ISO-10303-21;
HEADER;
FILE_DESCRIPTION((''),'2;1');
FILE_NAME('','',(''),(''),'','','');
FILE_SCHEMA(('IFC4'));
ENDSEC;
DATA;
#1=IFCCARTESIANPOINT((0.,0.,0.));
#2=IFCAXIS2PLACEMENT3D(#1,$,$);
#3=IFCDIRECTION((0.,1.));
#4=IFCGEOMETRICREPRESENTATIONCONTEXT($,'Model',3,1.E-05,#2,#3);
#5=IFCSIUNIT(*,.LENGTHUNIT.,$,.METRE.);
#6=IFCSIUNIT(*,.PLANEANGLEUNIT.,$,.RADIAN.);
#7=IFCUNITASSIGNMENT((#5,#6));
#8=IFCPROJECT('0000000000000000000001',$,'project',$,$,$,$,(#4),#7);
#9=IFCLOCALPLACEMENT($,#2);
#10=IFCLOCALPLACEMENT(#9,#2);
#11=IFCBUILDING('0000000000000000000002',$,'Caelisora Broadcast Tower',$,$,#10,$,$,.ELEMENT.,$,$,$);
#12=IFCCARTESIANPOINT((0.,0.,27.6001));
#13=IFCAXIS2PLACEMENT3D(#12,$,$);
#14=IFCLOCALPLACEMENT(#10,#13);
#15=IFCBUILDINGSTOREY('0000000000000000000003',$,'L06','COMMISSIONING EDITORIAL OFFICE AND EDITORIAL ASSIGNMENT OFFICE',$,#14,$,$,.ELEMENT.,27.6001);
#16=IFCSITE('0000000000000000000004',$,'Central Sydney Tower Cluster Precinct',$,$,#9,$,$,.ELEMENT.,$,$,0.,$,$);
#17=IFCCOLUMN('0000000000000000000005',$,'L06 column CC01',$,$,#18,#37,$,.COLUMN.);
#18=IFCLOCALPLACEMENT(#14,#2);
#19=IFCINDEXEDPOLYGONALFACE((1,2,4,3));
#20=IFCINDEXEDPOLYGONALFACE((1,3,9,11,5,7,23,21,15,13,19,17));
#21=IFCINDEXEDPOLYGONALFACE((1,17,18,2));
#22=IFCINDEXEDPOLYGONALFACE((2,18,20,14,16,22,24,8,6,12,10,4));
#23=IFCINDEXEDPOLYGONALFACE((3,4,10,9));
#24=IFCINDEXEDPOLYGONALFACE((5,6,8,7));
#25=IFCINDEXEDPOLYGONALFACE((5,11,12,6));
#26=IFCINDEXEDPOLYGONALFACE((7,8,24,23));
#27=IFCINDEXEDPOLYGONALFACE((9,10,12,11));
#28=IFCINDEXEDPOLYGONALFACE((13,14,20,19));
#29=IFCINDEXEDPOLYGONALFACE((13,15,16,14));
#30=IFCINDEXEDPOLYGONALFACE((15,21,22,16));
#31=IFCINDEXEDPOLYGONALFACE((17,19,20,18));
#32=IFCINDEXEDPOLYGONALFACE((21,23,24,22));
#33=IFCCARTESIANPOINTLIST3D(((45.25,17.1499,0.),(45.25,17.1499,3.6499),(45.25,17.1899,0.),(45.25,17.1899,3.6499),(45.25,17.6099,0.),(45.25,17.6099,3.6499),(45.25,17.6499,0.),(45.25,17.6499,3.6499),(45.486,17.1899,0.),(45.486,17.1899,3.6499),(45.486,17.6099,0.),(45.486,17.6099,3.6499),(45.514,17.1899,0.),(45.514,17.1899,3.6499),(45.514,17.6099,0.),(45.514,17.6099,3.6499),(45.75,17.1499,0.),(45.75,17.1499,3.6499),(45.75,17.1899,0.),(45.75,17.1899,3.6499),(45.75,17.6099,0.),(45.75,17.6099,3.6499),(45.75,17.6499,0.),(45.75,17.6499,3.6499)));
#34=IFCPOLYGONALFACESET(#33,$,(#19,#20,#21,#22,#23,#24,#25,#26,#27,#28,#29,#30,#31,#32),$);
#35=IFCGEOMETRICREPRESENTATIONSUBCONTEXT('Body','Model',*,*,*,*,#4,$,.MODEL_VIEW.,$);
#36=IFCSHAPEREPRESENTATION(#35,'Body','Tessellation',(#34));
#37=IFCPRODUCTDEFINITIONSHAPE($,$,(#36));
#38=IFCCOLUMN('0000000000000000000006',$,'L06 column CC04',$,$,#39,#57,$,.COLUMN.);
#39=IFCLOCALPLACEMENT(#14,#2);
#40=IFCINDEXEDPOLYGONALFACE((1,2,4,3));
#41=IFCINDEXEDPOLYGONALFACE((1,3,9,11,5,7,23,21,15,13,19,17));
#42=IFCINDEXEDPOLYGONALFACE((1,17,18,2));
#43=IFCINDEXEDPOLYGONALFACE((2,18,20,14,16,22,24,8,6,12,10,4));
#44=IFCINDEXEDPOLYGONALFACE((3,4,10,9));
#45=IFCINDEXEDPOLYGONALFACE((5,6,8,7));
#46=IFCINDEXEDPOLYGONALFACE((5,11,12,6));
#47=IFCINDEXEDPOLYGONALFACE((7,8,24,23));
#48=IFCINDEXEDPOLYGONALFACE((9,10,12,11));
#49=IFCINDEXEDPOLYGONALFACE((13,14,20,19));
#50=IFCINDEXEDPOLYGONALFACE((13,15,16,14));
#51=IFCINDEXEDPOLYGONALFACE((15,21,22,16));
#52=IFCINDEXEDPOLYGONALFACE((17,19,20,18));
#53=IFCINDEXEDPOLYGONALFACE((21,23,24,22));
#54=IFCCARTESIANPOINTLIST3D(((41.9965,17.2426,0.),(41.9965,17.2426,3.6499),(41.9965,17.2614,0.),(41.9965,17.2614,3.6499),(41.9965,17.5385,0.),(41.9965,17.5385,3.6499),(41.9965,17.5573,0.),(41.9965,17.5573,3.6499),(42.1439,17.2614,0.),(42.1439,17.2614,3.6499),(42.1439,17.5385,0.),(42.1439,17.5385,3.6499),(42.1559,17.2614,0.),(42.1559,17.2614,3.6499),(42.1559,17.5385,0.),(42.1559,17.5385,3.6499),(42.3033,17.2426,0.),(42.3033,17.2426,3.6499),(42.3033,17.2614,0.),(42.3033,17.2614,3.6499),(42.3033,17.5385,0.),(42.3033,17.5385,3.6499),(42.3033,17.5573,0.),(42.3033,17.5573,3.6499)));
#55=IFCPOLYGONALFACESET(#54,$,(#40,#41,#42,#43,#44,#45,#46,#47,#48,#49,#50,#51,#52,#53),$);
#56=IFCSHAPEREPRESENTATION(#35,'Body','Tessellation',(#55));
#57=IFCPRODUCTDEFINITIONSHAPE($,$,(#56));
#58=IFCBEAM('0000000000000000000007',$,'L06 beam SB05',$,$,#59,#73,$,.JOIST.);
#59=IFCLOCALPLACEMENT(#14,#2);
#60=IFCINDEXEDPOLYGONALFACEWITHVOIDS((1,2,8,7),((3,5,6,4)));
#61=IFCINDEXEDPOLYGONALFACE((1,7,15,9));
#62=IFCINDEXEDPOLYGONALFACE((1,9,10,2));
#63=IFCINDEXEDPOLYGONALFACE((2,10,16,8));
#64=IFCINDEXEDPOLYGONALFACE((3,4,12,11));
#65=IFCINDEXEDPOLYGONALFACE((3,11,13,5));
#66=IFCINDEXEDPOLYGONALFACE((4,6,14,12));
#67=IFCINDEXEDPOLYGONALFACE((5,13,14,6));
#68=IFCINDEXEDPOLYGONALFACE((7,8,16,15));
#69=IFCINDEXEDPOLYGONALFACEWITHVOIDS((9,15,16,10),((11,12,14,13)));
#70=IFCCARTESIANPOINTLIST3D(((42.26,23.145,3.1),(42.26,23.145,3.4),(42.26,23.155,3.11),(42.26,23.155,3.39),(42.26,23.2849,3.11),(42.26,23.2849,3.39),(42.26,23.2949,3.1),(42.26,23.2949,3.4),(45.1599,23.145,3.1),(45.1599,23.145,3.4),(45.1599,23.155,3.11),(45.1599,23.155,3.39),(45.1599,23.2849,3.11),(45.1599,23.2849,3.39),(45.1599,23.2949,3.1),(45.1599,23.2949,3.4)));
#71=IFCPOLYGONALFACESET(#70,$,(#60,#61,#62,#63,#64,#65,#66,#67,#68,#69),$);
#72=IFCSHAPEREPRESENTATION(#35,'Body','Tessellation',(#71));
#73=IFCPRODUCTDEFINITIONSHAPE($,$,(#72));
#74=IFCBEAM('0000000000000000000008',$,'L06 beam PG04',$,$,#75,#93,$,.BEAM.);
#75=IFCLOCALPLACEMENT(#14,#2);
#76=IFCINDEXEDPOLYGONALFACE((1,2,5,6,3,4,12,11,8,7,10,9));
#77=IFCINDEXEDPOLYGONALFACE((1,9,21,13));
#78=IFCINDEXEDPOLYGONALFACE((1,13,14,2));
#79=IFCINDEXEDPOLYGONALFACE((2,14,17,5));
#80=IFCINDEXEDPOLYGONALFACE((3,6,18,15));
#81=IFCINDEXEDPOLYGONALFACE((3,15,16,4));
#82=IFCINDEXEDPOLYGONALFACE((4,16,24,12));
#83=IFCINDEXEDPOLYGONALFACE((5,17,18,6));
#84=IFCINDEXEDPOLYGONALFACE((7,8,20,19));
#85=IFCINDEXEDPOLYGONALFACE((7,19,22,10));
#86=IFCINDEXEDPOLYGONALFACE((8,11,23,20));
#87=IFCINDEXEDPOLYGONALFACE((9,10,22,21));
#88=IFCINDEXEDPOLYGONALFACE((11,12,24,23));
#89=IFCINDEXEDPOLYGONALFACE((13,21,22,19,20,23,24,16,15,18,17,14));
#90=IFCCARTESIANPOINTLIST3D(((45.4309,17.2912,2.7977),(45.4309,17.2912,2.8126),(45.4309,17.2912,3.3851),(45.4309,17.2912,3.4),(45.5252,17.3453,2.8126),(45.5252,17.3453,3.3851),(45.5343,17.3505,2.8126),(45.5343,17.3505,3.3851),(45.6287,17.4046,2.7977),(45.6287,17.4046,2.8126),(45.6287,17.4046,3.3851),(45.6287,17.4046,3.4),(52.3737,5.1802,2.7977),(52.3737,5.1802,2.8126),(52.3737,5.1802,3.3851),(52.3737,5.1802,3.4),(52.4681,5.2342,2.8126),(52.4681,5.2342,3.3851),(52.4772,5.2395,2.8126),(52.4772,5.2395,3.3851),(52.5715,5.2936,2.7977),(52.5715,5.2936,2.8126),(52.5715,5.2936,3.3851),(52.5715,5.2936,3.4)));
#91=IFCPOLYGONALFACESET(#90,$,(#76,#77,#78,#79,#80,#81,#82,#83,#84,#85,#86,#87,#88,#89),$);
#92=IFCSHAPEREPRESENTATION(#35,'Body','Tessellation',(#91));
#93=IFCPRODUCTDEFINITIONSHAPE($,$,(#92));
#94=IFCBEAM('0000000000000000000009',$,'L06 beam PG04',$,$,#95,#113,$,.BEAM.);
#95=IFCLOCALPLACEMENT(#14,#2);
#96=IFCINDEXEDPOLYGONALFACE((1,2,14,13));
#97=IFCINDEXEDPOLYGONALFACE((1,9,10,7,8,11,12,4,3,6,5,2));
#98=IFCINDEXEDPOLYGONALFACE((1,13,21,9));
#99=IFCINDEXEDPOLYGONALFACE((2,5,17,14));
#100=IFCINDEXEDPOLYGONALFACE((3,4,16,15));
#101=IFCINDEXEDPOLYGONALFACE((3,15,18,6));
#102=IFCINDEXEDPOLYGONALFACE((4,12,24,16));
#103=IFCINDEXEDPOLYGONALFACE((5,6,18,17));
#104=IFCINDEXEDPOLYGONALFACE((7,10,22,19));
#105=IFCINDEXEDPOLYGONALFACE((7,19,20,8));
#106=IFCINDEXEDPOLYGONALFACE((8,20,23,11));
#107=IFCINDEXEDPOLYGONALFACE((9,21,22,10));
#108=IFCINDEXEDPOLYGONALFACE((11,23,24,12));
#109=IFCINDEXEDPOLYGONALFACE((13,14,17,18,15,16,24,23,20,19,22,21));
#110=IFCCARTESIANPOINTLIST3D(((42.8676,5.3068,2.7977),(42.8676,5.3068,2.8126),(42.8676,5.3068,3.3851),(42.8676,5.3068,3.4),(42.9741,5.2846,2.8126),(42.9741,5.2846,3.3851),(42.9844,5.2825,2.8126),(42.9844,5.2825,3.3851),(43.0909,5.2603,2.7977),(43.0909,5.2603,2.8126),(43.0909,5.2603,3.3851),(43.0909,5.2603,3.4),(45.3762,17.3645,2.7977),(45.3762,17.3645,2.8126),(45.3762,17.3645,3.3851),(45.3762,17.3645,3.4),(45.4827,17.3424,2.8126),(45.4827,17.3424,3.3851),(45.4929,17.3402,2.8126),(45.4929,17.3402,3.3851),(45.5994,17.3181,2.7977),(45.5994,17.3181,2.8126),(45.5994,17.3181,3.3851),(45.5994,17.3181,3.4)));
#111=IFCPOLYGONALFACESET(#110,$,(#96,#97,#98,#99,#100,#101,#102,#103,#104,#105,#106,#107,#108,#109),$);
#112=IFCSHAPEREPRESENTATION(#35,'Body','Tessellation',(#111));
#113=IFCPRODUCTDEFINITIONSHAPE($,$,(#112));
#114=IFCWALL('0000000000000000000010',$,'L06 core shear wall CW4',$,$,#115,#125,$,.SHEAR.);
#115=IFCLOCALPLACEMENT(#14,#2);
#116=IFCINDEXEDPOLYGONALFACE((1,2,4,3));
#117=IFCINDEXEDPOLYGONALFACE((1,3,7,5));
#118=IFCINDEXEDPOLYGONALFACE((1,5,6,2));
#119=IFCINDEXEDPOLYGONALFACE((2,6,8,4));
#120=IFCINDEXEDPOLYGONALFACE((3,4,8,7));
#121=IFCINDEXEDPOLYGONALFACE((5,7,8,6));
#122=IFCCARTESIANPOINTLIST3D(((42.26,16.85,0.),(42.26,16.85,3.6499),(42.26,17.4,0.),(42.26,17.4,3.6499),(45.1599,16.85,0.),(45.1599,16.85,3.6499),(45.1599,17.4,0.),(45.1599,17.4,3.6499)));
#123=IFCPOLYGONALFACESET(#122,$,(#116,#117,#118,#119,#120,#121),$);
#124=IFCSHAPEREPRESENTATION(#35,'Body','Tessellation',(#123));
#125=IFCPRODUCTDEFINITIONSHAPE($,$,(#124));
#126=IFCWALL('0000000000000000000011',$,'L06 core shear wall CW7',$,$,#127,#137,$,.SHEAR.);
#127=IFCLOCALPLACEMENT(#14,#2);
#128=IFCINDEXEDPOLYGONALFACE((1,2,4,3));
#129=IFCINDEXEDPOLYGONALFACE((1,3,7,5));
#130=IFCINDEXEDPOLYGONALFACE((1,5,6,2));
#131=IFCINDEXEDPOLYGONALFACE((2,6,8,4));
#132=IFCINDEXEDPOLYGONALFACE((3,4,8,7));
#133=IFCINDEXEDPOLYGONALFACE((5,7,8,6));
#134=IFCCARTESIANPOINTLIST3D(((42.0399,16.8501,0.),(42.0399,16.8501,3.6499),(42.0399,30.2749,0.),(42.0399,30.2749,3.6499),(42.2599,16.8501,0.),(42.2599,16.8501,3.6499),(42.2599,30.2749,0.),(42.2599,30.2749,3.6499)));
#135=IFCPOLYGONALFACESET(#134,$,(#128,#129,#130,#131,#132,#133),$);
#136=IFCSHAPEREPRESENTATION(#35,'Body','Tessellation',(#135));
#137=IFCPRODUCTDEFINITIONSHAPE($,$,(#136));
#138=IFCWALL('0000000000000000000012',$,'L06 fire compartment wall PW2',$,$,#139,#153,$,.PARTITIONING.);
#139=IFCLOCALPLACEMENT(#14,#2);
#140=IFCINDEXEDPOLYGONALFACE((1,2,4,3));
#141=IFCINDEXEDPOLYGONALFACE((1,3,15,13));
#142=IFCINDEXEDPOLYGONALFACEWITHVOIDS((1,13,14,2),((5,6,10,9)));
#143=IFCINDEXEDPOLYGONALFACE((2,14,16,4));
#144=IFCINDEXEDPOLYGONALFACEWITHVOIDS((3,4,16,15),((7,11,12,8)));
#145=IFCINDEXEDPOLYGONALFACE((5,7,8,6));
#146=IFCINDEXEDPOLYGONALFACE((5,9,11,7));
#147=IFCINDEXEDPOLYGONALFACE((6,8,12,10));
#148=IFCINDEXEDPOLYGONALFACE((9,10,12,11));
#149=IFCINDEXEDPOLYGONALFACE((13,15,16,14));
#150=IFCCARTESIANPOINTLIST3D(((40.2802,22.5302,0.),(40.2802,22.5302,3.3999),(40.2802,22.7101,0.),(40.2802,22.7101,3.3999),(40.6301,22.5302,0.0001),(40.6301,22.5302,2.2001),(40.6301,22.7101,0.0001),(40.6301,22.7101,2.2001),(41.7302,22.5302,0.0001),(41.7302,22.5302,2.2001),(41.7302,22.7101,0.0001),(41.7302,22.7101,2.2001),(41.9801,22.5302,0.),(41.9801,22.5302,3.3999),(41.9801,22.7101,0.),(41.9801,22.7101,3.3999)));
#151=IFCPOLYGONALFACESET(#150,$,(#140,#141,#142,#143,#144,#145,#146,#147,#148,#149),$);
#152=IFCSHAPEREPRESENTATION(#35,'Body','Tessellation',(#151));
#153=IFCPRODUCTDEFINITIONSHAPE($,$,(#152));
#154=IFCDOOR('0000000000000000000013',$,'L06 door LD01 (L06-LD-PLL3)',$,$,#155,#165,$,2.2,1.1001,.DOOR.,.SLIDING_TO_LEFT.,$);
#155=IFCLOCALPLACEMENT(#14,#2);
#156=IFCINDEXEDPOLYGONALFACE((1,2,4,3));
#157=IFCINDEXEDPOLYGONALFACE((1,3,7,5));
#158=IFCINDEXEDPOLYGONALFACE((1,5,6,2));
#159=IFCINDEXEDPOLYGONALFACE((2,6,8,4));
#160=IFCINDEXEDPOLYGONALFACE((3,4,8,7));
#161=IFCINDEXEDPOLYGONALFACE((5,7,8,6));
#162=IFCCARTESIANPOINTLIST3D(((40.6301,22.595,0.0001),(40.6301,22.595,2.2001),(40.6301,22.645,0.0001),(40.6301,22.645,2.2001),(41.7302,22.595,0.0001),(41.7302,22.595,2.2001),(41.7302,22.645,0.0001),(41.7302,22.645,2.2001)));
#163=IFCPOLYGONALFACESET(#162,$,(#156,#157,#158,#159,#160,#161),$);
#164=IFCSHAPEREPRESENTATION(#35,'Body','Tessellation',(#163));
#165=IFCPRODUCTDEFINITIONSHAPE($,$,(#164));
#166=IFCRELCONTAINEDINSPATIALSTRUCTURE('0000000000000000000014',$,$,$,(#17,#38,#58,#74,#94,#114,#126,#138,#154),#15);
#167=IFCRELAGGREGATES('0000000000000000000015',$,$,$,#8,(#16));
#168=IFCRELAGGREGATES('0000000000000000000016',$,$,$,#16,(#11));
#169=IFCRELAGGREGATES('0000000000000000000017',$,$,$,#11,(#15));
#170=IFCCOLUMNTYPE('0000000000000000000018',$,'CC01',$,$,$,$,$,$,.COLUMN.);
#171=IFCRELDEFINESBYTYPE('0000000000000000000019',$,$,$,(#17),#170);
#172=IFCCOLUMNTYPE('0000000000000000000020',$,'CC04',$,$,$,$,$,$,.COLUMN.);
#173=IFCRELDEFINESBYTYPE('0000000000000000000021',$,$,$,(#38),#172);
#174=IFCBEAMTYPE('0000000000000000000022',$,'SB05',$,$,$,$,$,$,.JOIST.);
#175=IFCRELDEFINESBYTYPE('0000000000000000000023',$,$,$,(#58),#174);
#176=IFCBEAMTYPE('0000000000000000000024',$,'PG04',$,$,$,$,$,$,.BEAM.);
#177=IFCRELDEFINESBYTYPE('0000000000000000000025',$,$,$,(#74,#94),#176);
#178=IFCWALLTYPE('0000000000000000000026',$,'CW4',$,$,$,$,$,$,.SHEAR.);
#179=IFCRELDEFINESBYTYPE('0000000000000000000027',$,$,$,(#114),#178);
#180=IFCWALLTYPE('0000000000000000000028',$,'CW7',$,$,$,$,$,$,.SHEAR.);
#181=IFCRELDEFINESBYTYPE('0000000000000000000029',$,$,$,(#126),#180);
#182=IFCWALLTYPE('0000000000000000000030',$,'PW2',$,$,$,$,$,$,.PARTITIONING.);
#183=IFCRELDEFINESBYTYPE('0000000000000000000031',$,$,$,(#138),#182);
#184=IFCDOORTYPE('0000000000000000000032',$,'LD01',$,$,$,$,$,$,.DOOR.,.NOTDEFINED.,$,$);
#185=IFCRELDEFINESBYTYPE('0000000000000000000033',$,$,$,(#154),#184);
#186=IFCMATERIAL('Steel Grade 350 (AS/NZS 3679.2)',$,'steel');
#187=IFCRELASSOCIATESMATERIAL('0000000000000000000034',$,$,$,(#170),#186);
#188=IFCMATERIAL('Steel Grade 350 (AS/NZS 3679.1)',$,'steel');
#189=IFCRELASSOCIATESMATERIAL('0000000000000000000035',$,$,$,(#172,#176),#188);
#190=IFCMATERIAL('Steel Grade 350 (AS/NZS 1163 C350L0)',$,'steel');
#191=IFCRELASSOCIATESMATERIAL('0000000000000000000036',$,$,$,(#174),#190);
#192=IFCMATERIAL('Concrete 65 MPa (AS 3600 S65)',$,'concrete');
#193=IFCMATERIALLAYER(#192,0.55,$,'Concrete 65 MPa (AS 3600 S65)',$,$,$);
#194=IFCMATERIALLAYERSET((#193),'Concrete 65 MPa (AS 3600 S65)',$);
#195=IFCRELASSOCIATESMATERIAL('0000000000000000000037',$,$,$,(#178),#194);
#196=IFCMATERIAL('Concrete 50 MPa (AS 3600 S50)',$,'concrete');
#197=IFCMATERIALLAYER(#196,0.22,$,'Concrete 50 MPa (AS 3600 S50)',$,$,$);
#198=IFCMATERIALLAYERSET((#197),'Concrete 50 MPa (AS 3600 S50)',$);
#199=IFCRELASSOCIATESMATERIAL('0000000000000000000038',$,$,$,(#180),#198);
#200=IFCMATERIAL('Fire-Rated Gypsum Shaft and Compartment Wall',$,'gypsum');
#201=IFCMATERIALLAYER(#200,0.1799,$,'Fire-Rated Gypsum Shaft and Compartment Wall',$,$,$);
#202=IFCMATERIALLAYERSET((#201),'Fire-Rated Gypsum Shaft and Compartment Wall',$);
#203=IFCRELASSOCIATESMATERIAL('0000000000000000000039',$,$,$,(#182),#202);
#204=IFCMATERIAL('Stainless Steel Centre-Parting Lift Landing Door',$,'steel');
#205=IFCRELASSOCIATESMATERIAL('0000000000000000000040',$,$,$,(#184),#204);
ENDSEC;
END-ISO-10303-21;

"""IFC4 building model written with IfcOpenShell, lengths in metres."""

from ifc_helpers import new_model, si_unit, direction, frame, frame_2d, origin, origin_2d, place, context, subcontext, project, spatial, rectangle, hollow_rectangle, i_section, extrude, source, transform, mapped, material, layer, layer_set, material_profile, profile_set, type_object, type_shapes, element, fill, save


model = new_model("IFC4")

# Units and contexts
model_context = context("Model", 3, precision=1e-05, world=origin(), true_north=direction((0.0, 1.0)))
body_context = subcontext(model_context, "Body", "Model", "MODEL_VIEW")
ifc_project = project(units=[si_unit("LENGTHUNIT", "METRE"), si_unit("PLANEANGLEUNIT", "RADIAN")], contexts=[model_context])

# Site, building, storey
site_placement = place(None, origin())
site = spatial("IfcSite", under=ifc_project, at=site_placement, Name="Central Sydney Tower Cluster Precinct", CompositionType="ELEMENT", RefElevation=0.0)
building_placement = place(site_placement, origin())
building = spatial("IfcBuilding", under=site, at=building_placement, Name="Caelisora Broadcast Tower", CompositionType="ELEMENT")
storey_placement = place(building_placement, frame((0.0, 0.0, 27.6001)))
storey = spatial("IfcBuildingStorey", under=building, at=storey_placement, Name="L06", Description="COMMISSIONING EDITORIAL OFFICE AND EDITORIAL ASSIGNMENT OFFICE", CompositionType="ELEMENT", Elevation=27.6001)

# Columns
ifc_material_1 = material(Name="Steel Grade 350 (AS/NZS 3679.2)", Category="steel")
ifc_material_profile_1 = material_profile(ifc_material_1, i_section(OverallWidth=0.5, OverallDepth=0.5, WebThickness=0.0281, FlangeThickness=0.04, at=origin_2d()), Name="Steel Grade 350 (AS/NZS 3679.2)")
ifc_profile_set_1 = profile_set([ifc_material_profile_1], Name="Steel Grade 350 (AS/NZS 3679.2)")
column_type_1 = type_object("IfcColumnType", Name="CC01", PredefinedType="COLUMN", material=ifc_profile_set_1)
shared_shape_1 = source(origin(), body_context, "Body", "SweptSolid", [
    extrude(i_section(OverallWidth=0.5, OverallDepth=0.5, WebThickness=0.0281, FlangeThickness=0.04, at=origin_2d()), origin(), (0.0, 0.0, 1.0), 3.6499),
])
type_shapes(column_type_1, [shared_shape_1])
column_1_placement = place(storey_placement, frame((45.5, 17.3999, 0.0), z_axis=(0.0, 0.0, 1.0), x_axis=(1.0, 0.0, 0.0)))
element("IfcColumn", 1, at=column_1_placement, inside=storey, type_object=column_type_1, Name="L06 column CC01", PredefinedType="COLUMN", context=body_context, shape_type="MappedRepresentation", body=[
    mapped(shared_shape_1, transform((0.0, 0.0, 0.0), scale=1.0)),
])
ifc_material_2 = material(Name="Steel Grade 350 (AS/NZS 3679.1)", Category="steel")
ifc_material_profile_2 = material_profile(ifc_material_2, i_section(OverallWidth=0.3069, OverallDepth=0.3147, WebThickness=0.012, FlangeThickness=0.0188, at=origin_2d()), Name="Steel Grade 350 (AS/NZS 3679.1)")
ifc_profile_set_2 = profile_set([ifc_material_profile_2], Name="Steel Grade 350 (AS/NZS 3679.1)")
column_type_2 = type_object("IfcColumnType", Name="CC04", PredefinedType="COLUMN", material=ifc_profile_set_2)
shared_shape_2 = source(origin(), body_context, "Body", "SweptSolid", [
    extrude(i_section(OverallWidth=0.3069, OverallDepth=0.3147, WebThickness=0.012, FlangeThickness=0.0188, at=origin_2d()), origin(), (0.0, 0.0, 1.0), 3.6499),
])
type_shapes(column_type_2, [shared_shape_2])
column_2_placement = place(storey_placement, frame((42.1499, 17.3999, 0.0), z_axis=(0.0, 0.0, 1.0), x_axis=(1.0, 0.0, 0.0)))
element("IfcColumn", 2, at=column_2_placement, inside=storey, type_object=column_type_2, Name="L06 column CC04", PredefinedType="COLUMN", context=body_context, shape_type="MappedRepresentation", body=[
    mapped(shared_shape_2, transform((0.0, 0.0, 0.0), scale=1.0)),
])

# Beams
ifc_material_3 = material(Name="Steel Grade 350 (AS/NZS 1163 C350L0)", Category="steel")
ifc_material_profile_3 = material_profile(ifc_material_3, hollow_rectangle(XDim=0.1499, YDim=0.3, WallThickness=0.01, at=origin_2d()), Name="Steel Grade 350 (AS/NZS 1163 C350L0)")
ifc_profile_set_3 = profile_set([ifc_material_profile_3], Name="Steel Grade 350 (AS/NZS 1163 C350L0)")
beam_type_1 = type_object("IfcBeamType", Name="SB05", PredefinedType="JOIST", material=ifc_profile_set_3)
shared_shape_3 = source(origin(), body_context, "Body", "SweptSolid", [
    extrude(hollow_rectangle(XDim=0.1499, YDim=0.3, WallThickness=0.01, at=origin_2d()), origin(), (0.0, 0.0, 1.0), 2.8999),
])
type_shapes(beam_type_1, [shared_shape_3])
beam_1_placement = place(storey_placement, frame((42.26, 23.22, 3.25), z_axis=(1.0, 0.0, 0.0), x_axis=(0.0, 1.0, 0.0)))
element("IfcBeam", 3, at=beam_1_placement, inside=storey, type_object=beam_type_1, Name="L06 beam SB05", PredefinedType="JOIST", context=body_context, shape_type="MappedRepresentation", body=[
    mapped(shared_shape_3, transform((0.0, 0.0, 0.0), scale=1.0)),
])
ifc_material_profile_4 = material_profile(ifc_material_2, i_section(OverallWidth=0.228, OverallDepth=0.6023, WebThickness=0.0105, FlangeThickness=0.0149, at=origin_2d()), Name="Steel Grade 350 (AS/NZS 3679.1)")
ifc_profile_set_4 = profile_set([ifc_material_profile_4], Name="Steel Grade 350 (AS/NZS 3679.1)")
beam_type_2 = type_object("IfcBeamType", Name="PG04", PredefinedType="BEAM", material=ifc_profile_set_4)
shared_shape_4 = source(origin(), body_context, "Body", "SweptSolid", [
    extrude(i_section(OverallWidth=0.228, OverallDepth=0.6023, WebThickness=0.0105, FlangeThickness=0.0149, at=origin_2d()), origin(), (0.0, 0.0, 1.0), 13.96),
])
beam_2_placement = place(storey_placement, frame((45.5298, 17.3479, 3.0989), z_axis=(0.49734, -0.867556, 0.0), x_axis=(0.867556, 0.49734, 0.0)))
element("IfcBeam", 4, at=beam_2_placement, inside=storey, type_object=beam_type_2, Name="L06 beam PG04", PredefinedType="BEAM", context=body_context, shape_type="MappedRepresentation", body=[
    mapped(shared_shape_4, transform((0.0, 0.0, 0.0), scale=1.0)),
])
shared_shape_5 = source(origin(), body_context, "Body", "SweptSolid", [
    extrude(i_section(OverallWidth=0.228, OverallDepth=0.6023, WebThickness=0.0105, FlangeThickness=0.0149, at=origin_2d()), origin(), (0.0, 0.0, 1.0), 12.3159),
])
type_shapes(beam_type_2, [shared_shape_4, shared_shape_5])
beam_3_placement = place(storey_placement, frame((45.4878, 17.3413, 3.0989), z_axis=(-0.203681, -0.979037, 0.0), x_axis=(0.979037, -0.203681, 0.0)))
element("IfcBeam", 5, at=beam_3_placement, inside=storey, type_object=beam_type_2, Name="L06 beam PG04", PredefinedType="BEAM", context=body_context, shape_type="MappedRepresentation", body=[
    mapped(shared_shape_5, transform((0.0, 0.0, 0.0), scale=1.0)),
])

# Shared definitions
ifc_material_4 = material(Name="Concrete 65 MPa (AS 3600 S65)", Category="concrete")

# Walls
ifc_layer_1 = layer(ifc_material_4, 0.55, Name="Concrete 65 MPa (AS 3600 S65)")
ifc_layer_set_1 = layer_set([ifc_layer_1], Name="Concrete 65 MPa (AS 3600 S65)")
wall_type_1 = type_object("IfcWallType", Name="CW4", PredefinedType="SHEAR", material=ifc_layer_set_1)
wall_1_placement = place(storey_placement, frame((42.26, 17.125, 0.0), z_axis=(0.0, 0.0, 1.0), x_axis=(1.0, 0.0, 0.0)))
element("IfcWall", 6, at=wall_1_placement, inside=storey, type_object=wall_type_1, Name="L06 core shear wall CW4", PredefinedType="SHEAR", context=body_context, shape_type="SweptSolid", body=[
    extrude(rectangle(XDim=2.8999, YDim=0.55, at=frame_2d((1.45, 0.0))), origin(), (0.0, 0.0, 1.0), 3.6499),
])
ifc_material_5 = material(Name="Concrete 50 MPa (AS 3600 S50)", Category="concrete")
ifc_layer_2 = layer(ifc_material_5, 0.22, Name="Concrete 50 MPa (AS 3600 S50)")
ifc_layer_set_2 = layer_set([ifc_layer_2], Name="Concrete 50 MPa (AS 3600 S50)")
wall_type_2 = type_object("IfcWallType", Name="CW7", PredefinedType="SHEAR", material=ifc_layer_set_2)
wall_2_placement = place(storey_placement, frame((42.1499, 16.8501, 0.0), z_axis=(0.0, 0.0, 1.0), x_axis=(0.0, 1.0, 0.0)))
element("IfcWall", 7, at=wall_2_placement, inside=storey, type_object=wall_type_2, Name="L06 core shear wall CW7", PredefinedType="SHEAR", context=body_context, shape_type="SweptSolid", body=[
    extrude(rectangle(XDim=13.4248, YDim=0.22, at=frame_2d((6.7124, 0.0))), origin(), (0.0, 0.0, 1.0), 3.6499),
])

# Wall, opening, door
ifc_material_6 = material(Name="Fire-Rated Gypsum Shaft and Compartment Wall", Category="gypsum")
ifc_layer_3 = layer(ifc_material_6, 0.1799, Name="Fire-Rated Gypsum Shaft and Compartment Wall")
ifc_layer_set_3 = layer_set([ifc_layer_3], Name="Fire-Rated Gypsum Shaft and Compartment Wall")
wall_type_3 = type_object("IfcWallType", Name="PW2", PredefinedType="PARTITIONING", material=ifc_layer_set_3)
wall_3_placement = place(storey_placement, frame((40.28, 22.6201, 0.0), z_axis=(0.0, 0.0, 1.0), x_axis=(1.0, 0.0, 0.0)))
wall_3 = element("IfcWall", 8, at=wall_3_placement, inside=storey, type_object=wall_type_3, Name="L06 fire compartment wall PW2", PredefinedType="PARTITIONING", context=body_context, shape_type="SweptSolid", body=[
    extrude(rectangle(XDim=1.7, YDim=0.1799, at=frame_2d((0.8501, 0.0))), origin(), (0.0, 0.0, 1.0), 3.3999),
])
opening_1_placement = place(wall_3_placement, frame((0.3501, 0.0, 0.0)))
opening_1 = element("IfcOpeningElement", 9, at=opening_1_placement, cuts=wall_3, PredefinedType="OPENING", context=body_context, shape_type="SweptSolid", body=[
    extrude(rectangle(XDim=1.1001, YDim=2.2, at=frame_2d((0.55, 1.1001))), frame((0.0, 0.1021, 0.0), z_axis=(0.0, -1.0, 0.0), x_axis=(1.0, 0.0, 0.0)), (0.0, 0.0, 1.0), 0.2039),
])
ifc_material_7 = material(Name="Stainless Steel Centre-Parting Lift Landing Door", Category="steel")
door_type_1 = type_object("IfcDoorType", Name="LD01", OperationType="NOTDEFINED", PredefinedType="DOOR", material=ifc_material_7)
door_1_placement = place(opening_1_placement, origin())
door_1 = element("IfcDoor", 10, at=door_1_placement, inside=storey, type_object=door_type_1, Name="L06 door LD01 (L06-LD-PLL3)", OperationType="SLIDING_TO_LEFT", OverallHeight=2.2, OverallWidth=1.1001, PredefinedType="DOOR", context=body_context, shape_type="SweptSolid", body=[
    extrude(rectangle(XDim=1.1001, YDim=2.2, at=frame_2d((0.55, 1.1001))), frame((0.0, 0.0249, 0.0), z_axis=(0.0, -1.0, 0.0), x_axis=(1.0, 0.0, 0.0)), (0.0, 0.0, 1.0), 0.05),
])
fill(opening_1, door_1)

save(model, "model.ifc")
